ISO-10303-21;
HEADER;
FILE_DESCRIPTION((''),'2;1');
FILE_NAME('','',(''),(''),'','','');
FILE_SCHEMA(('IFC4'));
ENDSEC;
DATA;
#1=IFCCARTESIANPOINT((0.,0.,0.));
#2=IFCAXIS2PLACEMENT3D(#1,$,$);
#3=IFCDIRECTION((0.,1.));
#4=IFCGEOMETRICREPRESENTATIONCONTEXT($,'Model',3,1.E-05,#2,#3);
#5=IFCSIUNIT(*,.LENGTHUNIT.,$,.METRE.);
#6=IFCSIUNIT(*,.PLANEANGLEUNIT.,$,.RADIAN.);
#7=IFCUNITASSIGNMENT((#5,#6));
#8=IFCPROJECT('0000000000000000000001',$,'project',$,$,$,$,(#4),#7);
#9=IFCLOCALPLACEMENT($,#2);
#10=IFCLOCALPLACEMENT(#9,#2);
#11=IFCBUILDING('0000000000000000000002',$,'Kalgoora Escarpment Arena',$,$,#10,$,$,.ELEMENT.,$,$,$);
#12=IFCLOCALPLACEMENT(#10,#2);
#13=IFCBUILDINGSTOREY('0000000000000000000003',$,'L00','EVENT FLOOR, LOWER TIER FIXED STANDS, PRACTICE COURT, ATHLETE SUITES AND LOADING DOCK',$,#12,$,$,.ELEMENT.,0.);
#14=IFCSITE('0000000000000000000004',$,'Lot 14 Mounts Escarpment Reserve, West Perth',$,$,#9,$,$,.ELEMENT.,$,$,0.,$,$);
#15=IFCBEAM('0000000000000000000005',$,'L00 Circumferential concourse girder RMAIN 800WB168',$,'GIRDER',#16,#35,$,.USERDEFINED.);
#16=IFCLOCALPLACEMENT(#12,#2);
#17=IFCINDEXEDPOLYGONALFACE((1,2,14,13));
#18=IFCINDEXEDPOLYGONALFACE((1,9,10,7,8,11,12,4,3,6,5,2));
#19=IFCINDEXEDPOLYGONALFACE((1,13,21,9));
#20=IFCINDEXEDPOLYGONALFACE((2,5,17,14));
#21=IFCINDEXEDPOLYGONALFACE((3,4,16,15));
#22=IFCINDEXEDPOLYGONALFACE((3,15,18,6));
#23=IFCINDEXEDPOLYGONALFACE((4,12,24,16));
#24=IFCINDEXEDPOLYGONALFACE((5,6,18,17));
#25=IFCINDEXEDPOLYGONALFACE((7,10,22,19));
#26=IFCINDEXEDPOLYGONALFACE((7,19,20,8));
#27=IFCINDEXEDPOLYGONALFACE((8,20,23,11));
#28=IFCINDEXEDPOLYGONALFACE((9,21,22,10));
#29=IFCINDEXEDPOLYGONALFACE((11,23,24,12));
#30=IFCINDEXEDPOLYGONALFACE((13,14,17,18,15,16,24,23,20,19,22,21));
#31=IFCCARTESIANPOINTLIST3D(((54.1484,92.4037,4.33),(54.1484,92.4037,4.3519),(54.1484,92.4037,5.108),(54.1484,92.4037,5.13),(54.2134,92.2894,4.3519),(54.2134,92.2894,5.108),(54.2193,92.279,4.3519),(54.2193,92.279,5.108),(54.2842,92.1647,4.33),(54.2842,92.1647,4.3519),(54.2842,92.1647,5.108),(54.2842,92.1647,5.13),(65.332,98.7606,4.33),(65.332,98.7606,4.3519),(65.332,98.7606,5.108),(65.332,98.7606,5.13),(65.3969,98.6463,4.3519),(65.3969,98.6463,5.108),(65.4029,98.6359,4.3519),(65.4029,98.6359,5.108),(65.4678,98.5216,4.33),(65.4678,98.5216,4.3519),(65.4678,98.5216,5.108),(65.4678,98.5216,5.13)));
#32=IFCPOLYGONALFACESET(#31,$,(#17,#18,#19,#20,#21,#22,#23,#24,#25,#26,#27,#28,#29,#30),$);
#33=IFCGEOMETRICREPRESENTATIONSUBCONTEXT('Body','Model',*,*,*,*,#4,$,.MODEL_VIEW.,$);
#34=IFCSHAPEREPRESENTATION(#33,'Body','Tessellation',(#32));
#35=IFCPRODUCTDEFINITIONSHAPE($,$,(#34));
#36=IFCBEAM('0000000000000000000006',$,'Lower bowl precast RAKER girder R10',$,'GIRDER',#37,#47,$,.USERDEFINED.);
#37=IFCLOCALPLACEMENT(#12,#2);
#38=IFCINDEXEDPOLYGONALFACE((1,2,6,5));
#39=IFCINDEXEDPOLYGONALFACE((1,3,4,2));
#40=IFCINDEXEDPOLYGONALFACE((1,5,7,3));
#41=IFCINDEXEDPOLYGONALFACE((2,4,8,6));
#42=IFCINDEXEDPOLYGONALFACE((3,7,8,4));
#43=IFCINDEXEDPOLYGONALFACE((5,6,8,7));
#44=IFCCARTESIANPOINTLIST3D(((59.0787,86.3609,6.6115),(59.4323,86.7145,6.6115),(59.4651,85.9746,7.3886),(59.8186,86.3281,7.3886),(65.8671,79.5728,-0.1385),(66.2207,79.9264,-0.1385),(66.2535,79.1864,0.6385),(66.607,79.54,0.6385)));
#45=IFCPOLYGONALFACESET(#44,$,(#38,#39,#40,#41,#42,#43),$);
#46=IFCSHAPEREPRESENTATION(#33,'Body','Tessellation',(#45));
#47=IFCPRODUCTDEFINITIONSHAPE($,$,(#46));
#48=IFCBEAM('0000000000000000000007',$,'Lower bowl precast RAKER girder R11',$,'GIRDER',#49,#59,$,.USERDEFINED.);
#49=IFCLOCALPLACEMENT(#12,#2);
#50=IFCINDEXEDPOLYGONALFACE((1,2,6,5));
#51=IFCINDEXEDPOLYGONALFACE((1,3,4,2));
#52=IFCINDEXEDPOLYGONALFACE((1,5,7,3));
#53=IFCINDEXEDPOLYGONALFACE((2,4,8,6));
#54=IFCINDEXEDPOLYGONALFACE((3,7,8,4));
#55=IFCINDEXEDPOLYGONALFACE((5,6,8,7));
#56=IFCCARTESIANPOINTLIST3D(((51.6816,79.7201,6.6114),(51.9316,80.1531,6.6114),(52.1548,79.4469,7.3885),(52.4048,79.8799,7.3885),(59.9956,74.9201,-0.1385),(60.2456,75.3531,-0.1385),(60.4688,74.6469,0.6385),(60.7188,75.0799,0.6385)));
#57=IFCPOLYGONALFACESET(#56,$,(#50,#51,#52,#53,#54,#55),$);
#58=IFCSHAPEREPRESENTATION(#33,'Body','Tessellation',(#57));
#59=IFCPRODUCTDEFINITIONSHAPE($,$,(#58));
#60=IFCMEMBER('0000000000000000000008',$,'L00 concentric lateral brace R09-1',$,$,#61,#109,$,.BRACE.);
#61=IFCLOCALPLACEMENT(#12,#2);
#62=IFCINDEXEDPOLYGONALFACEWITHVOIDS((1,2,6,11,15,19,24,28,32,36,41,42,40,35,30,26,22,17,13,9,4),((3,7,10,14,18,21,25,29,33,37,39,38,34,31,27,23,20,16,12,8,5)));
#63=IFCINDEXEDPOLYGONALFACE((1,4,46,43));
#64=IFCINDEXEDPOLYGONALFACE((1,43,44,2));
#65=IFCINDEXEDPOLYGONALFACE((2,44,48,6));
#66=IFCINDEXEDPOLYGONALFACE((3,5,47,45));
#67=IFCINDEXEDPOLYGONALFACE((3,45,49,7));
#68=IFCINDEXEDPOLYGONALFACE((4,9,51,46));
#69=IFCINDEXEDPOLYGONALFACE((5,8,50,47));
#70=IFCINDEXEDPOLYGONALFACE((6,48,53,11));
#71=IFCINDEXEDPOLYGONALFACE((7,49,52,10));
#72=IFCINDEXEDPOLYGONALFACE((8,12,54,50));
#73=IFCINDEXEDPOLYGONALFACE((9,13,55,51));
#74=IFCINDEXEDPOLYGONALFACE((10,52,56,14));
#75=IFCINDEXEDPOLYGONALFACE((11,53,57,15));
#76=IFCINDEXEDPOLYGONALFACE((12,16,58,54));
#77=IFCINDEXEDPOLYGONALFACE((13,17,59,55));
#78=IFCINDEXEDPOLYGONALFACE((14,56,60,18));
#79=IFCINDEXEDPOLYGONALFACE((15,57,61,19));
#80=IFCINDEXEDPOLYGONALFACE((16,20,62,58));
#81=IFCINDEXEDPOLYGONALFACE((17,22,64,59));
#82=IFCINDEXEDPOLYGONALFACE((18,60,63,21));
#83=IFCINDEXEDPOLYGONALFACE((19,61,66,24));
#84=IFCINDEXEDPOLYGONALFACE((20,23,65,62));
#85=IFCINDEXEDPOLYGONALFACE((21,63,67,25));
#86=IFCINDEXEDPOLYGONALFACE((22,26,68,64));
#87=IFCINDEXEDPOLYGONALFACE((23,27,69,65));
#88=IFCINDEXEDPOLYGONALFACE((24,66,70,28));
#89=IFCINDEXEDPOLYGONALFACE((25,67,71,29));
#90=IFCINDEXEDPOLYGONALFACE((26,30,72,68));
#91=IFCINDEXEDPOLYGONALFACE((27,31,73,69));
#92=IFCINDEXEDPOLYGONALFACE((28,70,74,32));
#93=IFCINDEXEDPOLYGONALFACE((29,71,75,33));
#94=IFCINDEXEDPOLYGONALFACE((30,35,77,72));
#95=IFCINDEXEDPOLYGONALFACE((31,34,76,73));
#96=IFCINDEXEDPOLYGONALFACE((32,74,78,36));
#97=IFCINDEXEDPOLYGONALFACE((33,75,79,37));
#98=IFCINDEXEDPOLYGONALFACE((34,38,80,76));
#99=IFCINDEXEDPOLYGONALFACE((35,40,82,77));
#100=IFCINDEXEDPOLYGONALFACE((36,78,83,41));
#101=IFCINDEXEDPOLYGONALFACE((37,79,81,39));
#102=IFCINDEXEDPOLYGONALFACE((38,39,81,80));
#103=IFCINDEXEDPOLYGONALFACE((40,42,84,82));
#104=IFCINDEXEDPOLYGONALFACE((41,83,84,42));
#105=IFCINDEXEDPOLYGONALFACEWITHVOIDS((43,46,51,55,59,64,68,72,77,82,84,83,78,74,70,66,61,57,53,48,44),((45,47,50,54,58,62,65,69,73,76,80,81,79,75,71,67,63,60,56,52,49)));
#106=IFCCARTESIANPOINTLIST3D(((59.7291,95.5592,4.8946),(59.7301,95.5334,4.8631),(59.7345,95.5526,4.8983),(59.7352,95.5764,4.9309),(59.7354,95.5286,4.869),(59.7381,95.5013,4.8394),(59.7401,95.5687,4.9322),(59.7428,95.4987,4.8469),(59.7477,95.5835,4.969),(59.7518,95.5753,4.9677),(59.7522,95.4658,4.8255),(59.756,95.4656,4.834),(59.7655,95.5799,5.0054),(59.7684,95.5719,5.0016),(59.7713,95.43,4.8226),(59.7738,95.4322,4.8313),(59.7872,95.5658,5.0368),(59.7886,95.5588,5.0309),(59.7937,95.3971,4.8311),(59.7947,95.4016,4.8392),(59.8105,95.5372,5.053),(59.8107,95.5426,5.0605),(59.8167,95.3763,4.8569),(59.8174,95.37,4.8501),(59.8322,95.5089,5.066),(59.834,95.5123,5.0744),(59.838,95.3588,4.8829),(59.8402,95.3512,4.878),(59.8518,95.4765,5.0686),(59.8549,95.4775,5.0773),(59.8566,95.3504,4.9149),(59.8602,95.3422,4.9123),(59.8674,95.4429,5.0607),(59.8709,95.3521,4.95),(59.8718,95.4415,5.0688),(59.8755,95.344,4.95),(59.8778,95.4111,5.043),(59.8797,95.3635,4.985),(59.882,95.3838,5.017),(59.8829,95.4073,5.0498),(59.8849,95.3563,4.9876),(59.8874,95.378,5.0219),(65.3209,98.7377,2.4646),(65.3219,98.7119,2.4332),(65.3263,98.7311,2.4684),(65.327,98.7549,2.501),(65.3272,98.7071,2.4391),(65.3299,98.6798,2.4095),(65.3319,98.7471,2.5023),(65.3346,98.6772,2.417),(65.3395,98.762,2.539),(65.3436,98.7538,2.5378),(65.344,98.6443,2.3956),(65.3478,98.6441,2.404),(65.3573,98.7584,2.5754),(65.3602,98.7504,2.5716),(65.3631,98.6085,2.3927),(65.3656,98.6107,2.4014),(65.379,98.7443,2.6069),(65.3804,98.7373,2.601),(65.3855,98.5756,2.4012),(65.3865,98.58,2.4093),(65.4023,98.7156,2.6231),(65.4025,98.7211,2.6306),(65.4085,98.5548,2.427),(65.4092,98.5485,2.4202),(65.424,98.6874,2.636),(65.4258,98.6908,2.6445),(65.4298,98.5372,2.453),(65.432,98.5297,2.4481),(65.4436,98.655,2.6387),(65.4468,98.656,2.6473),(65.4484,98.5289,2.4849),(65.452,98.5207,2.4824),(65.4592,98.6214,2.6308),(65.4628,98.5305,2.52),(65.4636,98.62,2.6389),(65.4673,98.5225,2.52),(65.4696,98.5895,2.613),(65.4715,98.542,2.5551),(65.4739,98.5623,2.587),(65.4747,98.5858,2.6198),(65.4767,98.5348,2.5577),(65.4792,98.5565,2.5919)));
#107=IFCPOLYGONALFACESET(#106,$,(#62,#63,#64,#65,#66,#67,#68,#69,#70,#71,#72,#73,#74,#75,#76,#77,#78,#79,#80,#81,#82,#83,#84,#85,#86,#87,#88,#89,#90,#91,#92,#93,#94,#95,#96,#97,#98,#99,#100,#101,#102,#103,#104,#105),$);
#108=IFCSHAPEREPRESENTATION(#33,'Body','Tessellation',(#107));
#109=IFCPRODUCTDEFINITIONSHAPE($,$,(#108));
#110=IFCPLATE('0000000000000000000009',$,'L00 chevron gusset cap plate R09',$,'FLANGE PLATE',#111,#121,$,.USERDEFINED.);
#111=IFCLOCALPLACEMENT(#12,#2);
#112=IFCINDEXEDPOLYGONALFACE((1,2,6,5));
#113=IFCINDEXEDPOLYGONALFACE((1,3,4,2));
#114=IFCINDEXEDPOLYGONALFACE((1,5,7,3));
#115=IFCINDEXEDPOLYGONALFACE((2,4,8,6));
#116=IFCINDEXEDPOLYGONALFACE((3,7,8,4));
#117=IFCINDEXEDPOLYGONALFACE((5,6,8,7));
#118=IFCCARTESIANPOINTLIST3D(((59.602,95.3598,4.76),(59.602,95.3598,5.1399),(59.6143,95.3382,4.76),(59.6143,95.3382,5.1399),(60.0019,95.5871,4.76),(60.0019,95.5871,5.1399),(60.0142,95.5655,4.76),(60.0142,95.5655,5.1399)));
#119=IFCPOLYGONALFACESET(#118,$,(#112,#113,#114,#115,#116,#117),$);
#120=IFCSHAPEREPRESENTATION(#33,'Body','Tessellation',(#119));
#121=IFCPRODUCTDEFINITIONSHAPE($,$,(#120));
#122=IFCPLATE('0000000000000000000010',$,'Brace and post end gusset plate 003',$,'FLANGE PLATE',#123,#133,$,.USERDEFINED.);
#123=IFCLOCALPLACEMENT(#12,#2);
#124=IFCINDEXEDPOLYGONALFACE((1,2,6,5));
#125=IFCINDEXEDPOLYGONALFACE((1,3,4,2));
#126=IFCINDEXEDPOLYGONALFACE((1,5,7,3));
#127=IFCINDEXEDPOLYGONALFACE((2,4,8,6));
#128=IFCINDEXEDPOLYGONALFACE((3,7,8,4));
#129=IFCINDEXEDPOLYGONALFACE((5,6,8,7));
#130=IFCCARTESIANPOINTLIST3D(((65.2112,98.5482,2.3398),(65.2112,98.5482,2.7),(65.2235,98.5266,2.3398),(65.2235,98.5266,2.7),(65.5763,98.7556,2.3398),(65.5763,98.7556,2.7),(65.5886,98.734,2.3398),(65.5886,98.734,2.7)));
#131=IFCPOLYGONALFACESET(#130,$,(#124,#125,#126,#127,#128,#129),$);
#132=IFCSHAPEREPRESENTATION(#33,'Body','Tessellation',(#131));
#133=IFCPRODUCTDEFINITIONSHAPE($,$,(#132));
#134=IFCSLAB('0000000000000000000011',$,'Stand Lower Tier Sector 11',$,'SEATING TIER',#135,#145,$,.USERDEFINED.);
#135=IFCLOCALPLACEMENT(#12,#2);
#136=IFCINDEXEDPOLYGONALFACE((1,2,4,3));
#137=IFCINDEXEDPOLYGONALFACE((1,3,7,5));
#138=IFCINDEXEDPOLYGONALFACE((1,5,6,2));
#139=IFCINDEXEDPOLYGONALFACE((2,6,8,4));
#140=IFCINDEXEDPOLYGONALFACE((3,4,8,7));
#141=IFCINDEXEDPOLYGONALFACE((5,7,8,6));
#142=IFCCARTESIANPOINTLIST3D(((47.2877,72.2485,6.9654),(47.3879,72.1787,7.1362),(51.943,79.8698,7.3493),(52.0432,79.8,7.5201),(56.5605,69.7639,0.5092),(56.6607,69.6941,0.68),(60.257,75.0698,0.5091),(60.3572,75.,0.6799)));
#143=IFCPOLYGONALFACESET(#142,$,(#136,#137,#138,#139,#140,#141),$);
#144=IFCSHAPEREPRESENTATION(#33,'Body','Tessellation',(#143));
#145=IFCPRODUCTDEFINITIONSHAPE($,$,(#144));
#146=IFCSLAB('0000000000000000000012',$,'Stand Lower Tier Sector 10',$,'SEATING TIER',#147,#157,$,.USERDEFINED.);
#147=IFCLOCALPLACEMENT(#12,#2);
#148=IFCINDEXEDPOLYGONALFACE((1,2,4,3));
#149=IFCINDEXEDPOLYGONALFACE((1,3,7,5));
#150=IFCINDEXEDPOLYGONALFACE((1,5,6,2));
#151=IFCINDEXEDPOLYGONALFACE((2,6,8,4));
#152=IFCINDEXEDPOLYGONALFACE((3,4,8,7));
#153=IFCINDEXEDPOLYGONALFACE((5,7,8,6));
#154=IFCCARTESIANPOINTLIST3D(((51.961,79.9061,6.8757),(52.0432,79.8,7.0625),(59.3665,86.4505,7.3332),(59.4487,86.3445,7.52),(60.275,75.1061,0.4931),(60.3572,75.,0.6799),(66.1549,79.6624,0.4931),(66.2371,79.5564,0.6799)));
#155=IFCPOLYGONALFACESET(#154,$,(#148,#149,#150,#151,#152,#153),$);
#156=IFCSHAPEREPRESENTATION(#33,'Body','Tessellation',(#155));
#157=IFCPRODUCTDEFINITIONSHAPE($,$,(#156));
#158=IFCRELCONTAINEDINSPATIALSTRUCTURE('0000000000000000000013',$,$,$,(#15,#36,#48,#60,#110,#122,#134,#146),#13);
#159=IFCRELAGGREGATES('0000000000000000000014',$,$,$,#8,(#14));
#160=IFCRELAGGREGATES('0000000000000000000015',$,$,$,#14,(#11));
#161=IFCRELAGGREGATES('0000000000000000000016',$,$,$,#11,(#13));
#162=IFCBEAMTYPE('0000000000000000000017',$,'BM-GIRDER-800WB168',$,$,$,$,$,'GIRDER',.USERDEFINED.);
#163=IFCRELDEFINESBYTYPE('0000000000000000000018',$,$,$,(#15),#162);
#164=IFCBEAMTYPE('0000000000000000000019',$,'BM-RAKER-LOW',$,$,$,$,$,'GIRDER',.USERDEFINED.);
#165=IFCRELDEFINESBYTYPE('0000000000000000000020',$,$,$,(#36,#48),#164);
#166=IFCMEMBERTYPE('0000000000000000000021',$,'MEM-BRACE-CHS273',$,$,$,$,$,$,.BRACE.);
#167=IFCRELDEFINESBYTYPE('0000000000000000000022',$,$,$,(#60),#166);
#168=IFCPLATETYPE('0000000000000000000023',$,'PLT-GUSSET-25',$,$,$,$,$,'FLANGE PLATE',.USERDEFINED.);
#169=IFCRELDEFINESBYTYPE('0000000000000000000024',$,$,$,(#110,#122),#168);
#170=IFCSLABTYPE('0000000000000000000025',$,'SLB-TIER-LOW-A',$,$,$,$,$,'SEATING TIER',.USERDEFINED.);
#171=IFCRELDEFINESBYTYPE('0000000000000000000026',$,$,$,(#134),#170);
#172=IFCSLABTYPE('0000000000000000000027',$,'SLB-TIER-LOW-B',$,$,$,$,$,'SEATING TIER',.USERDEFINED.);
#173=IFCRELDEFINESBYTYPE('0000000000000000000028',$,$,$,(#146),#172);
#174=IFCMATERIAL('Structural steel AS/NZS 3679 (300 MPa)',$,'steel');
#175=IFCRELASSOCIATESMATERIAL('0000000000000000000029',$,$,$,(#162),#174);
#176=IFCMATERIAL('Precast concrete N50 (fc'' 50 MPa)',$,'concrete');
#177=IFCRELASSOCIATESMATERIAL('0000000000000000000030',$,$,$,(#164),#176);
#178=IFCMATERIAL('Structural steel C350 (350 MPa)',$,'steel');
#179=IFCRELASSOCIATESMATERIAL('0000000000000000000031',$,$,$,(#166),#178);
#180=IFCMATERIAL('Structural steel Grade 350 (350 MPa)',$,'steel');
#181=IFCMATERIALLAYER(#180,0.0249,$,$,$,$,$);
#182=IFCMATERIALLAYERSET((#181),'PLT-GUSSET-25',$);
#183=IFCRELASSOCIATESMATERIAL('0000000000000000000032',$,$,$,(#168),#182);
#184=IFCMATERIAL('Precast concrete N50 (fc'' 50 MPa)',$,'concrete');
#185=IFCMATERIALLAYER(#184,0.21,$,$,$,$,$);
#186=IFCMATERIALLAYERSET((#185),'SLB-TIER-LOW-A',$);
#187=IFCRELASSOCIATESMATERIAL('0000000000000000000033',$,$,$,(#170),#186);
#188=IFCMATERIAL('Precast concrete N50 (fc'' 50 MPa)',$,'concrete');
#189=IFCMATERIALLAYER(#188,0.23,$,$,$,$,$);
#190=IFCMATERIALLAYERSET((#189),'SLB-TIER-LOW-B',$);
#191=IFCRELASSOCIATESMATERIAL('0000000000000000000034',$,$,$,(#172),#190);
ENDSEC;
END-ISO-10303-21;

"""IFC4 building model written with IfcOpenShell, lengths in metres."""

from ifc_helpers import new_model, si_unit, direction, frame, origin, origin_2d, place, context, subcontext, project, spatial, polyline, rectangle, hollow_circle, i_section, outline, extrude, material, layer, layer_set, material_profile, profile_set, type_object, element, save


model = new_model("IFC4")

# Units and contexts
model_context = context("Model", 3, precision=1e-05, world=origin(), true_north=direction((0.0, 1.0)))
body_context = subcontext(model_context, "Body", "Model", "MODEL_VIEW")
ifc_project = project(units=[si_unit("LENGTHUNIT", "METRE"), si_unit("PLANEANGLEUNIT", "RADIAN")], contexts=[model_context])

# Site, building, storey
site_placement = place(None, origin())
site = spatial("IfcSite", under=ifc_project, at=site_placement, Name="Lot 14 Mounts Escarpment Reserve, West Perth", CompositionType="ELEMENT", RefElevation=0.0)
building_placement = place(site_placement, origin())
building = spatial("IfcBuilding", under=site, at=building_placement, Name="Kalgoora Escarpment Arena", CompositionType="ELEMENT")
storey_placement = place(building_placement, origin())
storey = spatial("IfcBuildingStorey", under=building, at=storey_placement, Name="L00", Description="EVENT FLOOR, LOWER TIER FIXED STANDS, PRACTICE COURT, ATHLETE SUITES AND LOADING DOCK", CompositionType="ELEMENT", Elevation=0.0)

# Beams
ifc_material_1 = material(Name="Structural steel AS/NZS 3679 (300 MPa)", Category="steel")
ifc_material_profile_1 = material_profile(ifc_material_1, i_section(OverallWidth=0.2749, OverallDepth=0.8, WebThickness=0.012, FlangeThickness=0.022, at=origin_2d()))
ifc_profile_set_1 = profile_set([ifc_material_profile_1], Name="Structural steel AS/NZS 3679 (300 MPa)")
beam_type_1 = type_object("IfcBeamType", Name="BM-GIRDER-800WB168", ElementType="GIRDER", PredefinedType="USERDEFINED", material=ifc_profile_set_1)
beam_1_placement = place(storey_placement, frame((65.3999, 98.6411, 4.73), z_axis=(-0.869369, -0.494163, 0.0), x_axis=(0.494163, -0.869369, 0.0)))
element("IfcBeam", 1, at=beam_1_placement, inside=storey, type_object=beam_type_1, Name="L00 Circumferential concourse girder RMAIN 800WB168", ObjectType="GIRDER", PredefinedType="USERDEFINED", context=body_context, shape_type="SweptSolid", body=[
    extrude(i_section(OverallWidth=0.2749, OverallDepth=0.8, WebThickness=0.012, FlangeThickness=0.022, at=origin_2d()), origin(), (0.0, 0.0, 1.0), 12.864),
])
ifc_material_2 = material(Name="Precast concrete N50 (fc' 50 MPa)", Category="concrete")
ifc_material_profile_2 = material_profile(ifc_material_2, rectangle(XDim=0.5, YDim=0.95, at=origin_2d()))
ifc_profile_set_2 = profile_set([ifc_material_profile_2], Name="Precast concrete N50 (fc' 50 MPa)")
beam_type_2 = type_object("IfcBeamType", Name="BM-RAKER-LOW", ElementType="GIRDER", PredefinedType="USERDEFINED", material=ifc_profile_set_2)
for number, where, z_axis, x_axis, name in (
    (2, (66.2371, 79.5564, 0.25), (-0.578444, 0.578423, 0.575178), (-0.707094, -0.707119, 0.0), "Lower bowl precast RAKER girder R10"),
    (3, (60.3572, 75.0, 0.25), (-0.708438, 0.409015, 0.575172), (-0.499998, -0.866026, 0.0), "Lower bowl precast RAKER girder R11"),
):
    element("IfcBeam", number, at=place(storey_placement, frame(where, z_axis=z_axis, x_axis=x_axis)), inside=storey, type_object=beam_type_2, Name=name, ObjectType="GIRDER", PredefinedType="USERDEFINED", context=body_context, shape_type="SweptSolid", body=[
        extrude(rectangle(XDim=0.5, YDim=0.95, at=origin_2d()), origin(), (0.0, 0.0, 1.0), 11.7356),
    ])

# Member
ifc_material_3 = material(Name="Structural steel C350 (350 MPa)", Category="steel")
ifc_material_profile_3 = material_profile(ifc_material_3, hollow_circle(Radius=0.1365, WallThickness=0.0093, at=origin_2d()))
ifc_profile_set_3 = profile_set([ifc_material_profile_3], Name="Structural steel C350 (350 MPa)")
member_type = type_object("IfcMemberType", Name="MEM-BRACE-CHS273", PredefinedType="BRACE", material=ifc_profile_set_3)
member_placement = place(storey_placement, frame((65.3999, 98.6411, 2.52), z_axis=(-0.813268, -0.462275, 0.353408), x_axis=(0.494163, -0.869369, 0.0)))
element("IfcMember", 4, at=member_placement, inside=storey, type_object=member_type, Name="L00 concentric lateral brace R09-1", PredefinedType="BRACE", context=body_context, shape_type="SweptSolid", body=[
    extrude(hollow_circle(Radius=0.1365, WallThickness=0.0093, at=origin_2d()), origin(), (0.0, 0.0, 1.0), 6.8757),
])

# Plates
ifc_material_4 = material(Name="Structural steel Grade 350 (350 MPa)", Category="steel")
ifc_layer_1 = layer(ifc_material_4, 0.0249)
ifc_layer_set_1 = layer_set([ifc_layer_1], Name="PLT-GUSSET-25")
plate_type = type_object("IfcPlateType", Name="PLT-GUSSET-25", ElementType="FLANGE PLATE", PredefinedType="USERDEFINED", material=ifc_layer_set_1)
plate_1_placement = place(storey_placement, frame((59.8081, 95.4626, 4.76), z_axis=(0.0, 0.0, 1.0), x_axis=(-0.869409, -0.494094, 0.0)))
element("IfcPlate", 5, at=plate_1_placement, inside=storey, type_object=plate_type, Name="L00 chevron gusset cap plate R09", ObjectType="FLANGE PLATE", PredefinedType="USERDEFINED", context=body_context, shape_type="SweptSolid", body=[
    extrude(rectangle(XDim=0.46, YDim=0.0249, at=origin_2d()), origin(), (0.0, 0.0, 1.0), 0.3799),
])
plate_2_placement = place(storey_placement, frame((65.3999, 98.6411, 2.3398), z_axis=(0.0, 0.0, 1.0), x_axis=(-0.869495, -0.493942, 0.0)))
element("IfcPlate", 6, at=plate_2_placement, inside=storey, type_object=plate_type, Name="Brace and post end gusset plate 003", ObjectType="FLANGE PLATE", PredefinedType="USERDEFINED", context=body_context, shape_type="SweptSolid", body=[
    extrude(rectangle(XDim=0.4199, YDim=0.0249, at=origin_2d()), origin(), (0.0, 0.0, 1.0), 0.3601),
])

# Slabs
ifc_material_5 = material(Name="Precast concrete N50 (fc' 50 MPa)", Category="concrete")
ifc_layer_2 = layer(ifc_material_5, 0.21)
ifc_layer_set_2 = layer_set([ifc_layer_2], Name="SLB-TIER-LOW-A")
slab_type_1 = type_object("IfcSlabType", Name="SLB-TIER-LOW-A", ElementType="SEATING TIER", PredefinedType="USERDEFINED", material=ifc_layer_set_2)
slab_1_placement = place(storey_placement, frame((60.3572, 75.0, 0.6799), z_axis=(0.477267, -0.332494, 0.813427), x_axis=(-0.57163, -0.820511, 0.000007)))
element("IfcSlab", 7, at=slab_1_placement, inside=storey, type_object=slab_type_1, Name="Stand Lower Tier Sector 11", ObjectType="SEATING TIER", PredefinedType="USERDEFINED", context=body_context, shape_type="SweptSolid", body=[
    extrude(outline(polyline([(0.0, 0.0), (6.4666, 0.0), (9.7286, -11.0995), (0.8141, -11.7595), (0.0, 0.0)])), origin(), (0.0, 0.0, -1.0), 0.21),
])
ifc_material_6 = material(Name="Precast concrete N50 (fc' 50 MPa)", Category="concrete")
ifc_layer_3 = layer(ifc_material_6, 0.23)
ifc_layer_set_3 = layer_set([ifc_layer_3], Name="SLB-TIER-LOW-B")
slab_type_2 = type_object("IfcSlabType", Name="SLB-TIER-LOW-B", ElementType="SEATING TIER", PredefinedType="USERDEFINED", material=ifc_layer_set_3)
slab_2_placement = place(storey_placement, frame((66.2371, 79.5564, 0.6799), z_axis=(0.357317, -0.46111, 0.81222), x_axis=(-0.790449, -0.612527, -0.000002)))
element("IfcSlab", 8, at=slab_2_placement, inside=storey, type_object=slab_type_2, Name="Stand Lower Tier Sector 10", ObjectType="SEATING TIER", PredefinedType="USERDEFINED", context=body_context, shape_type="SweptSolid", body=[
    extrude(outline(polyline([(0.0, 0.0), (7.4387, 0.0), (11.0703, -10.9413), (1.2079, -11.7255), (0.0, 0.0)])), origin(), (0.0, 0.0, -1.0), 0.23),
])

save(model, "model.ifc")
